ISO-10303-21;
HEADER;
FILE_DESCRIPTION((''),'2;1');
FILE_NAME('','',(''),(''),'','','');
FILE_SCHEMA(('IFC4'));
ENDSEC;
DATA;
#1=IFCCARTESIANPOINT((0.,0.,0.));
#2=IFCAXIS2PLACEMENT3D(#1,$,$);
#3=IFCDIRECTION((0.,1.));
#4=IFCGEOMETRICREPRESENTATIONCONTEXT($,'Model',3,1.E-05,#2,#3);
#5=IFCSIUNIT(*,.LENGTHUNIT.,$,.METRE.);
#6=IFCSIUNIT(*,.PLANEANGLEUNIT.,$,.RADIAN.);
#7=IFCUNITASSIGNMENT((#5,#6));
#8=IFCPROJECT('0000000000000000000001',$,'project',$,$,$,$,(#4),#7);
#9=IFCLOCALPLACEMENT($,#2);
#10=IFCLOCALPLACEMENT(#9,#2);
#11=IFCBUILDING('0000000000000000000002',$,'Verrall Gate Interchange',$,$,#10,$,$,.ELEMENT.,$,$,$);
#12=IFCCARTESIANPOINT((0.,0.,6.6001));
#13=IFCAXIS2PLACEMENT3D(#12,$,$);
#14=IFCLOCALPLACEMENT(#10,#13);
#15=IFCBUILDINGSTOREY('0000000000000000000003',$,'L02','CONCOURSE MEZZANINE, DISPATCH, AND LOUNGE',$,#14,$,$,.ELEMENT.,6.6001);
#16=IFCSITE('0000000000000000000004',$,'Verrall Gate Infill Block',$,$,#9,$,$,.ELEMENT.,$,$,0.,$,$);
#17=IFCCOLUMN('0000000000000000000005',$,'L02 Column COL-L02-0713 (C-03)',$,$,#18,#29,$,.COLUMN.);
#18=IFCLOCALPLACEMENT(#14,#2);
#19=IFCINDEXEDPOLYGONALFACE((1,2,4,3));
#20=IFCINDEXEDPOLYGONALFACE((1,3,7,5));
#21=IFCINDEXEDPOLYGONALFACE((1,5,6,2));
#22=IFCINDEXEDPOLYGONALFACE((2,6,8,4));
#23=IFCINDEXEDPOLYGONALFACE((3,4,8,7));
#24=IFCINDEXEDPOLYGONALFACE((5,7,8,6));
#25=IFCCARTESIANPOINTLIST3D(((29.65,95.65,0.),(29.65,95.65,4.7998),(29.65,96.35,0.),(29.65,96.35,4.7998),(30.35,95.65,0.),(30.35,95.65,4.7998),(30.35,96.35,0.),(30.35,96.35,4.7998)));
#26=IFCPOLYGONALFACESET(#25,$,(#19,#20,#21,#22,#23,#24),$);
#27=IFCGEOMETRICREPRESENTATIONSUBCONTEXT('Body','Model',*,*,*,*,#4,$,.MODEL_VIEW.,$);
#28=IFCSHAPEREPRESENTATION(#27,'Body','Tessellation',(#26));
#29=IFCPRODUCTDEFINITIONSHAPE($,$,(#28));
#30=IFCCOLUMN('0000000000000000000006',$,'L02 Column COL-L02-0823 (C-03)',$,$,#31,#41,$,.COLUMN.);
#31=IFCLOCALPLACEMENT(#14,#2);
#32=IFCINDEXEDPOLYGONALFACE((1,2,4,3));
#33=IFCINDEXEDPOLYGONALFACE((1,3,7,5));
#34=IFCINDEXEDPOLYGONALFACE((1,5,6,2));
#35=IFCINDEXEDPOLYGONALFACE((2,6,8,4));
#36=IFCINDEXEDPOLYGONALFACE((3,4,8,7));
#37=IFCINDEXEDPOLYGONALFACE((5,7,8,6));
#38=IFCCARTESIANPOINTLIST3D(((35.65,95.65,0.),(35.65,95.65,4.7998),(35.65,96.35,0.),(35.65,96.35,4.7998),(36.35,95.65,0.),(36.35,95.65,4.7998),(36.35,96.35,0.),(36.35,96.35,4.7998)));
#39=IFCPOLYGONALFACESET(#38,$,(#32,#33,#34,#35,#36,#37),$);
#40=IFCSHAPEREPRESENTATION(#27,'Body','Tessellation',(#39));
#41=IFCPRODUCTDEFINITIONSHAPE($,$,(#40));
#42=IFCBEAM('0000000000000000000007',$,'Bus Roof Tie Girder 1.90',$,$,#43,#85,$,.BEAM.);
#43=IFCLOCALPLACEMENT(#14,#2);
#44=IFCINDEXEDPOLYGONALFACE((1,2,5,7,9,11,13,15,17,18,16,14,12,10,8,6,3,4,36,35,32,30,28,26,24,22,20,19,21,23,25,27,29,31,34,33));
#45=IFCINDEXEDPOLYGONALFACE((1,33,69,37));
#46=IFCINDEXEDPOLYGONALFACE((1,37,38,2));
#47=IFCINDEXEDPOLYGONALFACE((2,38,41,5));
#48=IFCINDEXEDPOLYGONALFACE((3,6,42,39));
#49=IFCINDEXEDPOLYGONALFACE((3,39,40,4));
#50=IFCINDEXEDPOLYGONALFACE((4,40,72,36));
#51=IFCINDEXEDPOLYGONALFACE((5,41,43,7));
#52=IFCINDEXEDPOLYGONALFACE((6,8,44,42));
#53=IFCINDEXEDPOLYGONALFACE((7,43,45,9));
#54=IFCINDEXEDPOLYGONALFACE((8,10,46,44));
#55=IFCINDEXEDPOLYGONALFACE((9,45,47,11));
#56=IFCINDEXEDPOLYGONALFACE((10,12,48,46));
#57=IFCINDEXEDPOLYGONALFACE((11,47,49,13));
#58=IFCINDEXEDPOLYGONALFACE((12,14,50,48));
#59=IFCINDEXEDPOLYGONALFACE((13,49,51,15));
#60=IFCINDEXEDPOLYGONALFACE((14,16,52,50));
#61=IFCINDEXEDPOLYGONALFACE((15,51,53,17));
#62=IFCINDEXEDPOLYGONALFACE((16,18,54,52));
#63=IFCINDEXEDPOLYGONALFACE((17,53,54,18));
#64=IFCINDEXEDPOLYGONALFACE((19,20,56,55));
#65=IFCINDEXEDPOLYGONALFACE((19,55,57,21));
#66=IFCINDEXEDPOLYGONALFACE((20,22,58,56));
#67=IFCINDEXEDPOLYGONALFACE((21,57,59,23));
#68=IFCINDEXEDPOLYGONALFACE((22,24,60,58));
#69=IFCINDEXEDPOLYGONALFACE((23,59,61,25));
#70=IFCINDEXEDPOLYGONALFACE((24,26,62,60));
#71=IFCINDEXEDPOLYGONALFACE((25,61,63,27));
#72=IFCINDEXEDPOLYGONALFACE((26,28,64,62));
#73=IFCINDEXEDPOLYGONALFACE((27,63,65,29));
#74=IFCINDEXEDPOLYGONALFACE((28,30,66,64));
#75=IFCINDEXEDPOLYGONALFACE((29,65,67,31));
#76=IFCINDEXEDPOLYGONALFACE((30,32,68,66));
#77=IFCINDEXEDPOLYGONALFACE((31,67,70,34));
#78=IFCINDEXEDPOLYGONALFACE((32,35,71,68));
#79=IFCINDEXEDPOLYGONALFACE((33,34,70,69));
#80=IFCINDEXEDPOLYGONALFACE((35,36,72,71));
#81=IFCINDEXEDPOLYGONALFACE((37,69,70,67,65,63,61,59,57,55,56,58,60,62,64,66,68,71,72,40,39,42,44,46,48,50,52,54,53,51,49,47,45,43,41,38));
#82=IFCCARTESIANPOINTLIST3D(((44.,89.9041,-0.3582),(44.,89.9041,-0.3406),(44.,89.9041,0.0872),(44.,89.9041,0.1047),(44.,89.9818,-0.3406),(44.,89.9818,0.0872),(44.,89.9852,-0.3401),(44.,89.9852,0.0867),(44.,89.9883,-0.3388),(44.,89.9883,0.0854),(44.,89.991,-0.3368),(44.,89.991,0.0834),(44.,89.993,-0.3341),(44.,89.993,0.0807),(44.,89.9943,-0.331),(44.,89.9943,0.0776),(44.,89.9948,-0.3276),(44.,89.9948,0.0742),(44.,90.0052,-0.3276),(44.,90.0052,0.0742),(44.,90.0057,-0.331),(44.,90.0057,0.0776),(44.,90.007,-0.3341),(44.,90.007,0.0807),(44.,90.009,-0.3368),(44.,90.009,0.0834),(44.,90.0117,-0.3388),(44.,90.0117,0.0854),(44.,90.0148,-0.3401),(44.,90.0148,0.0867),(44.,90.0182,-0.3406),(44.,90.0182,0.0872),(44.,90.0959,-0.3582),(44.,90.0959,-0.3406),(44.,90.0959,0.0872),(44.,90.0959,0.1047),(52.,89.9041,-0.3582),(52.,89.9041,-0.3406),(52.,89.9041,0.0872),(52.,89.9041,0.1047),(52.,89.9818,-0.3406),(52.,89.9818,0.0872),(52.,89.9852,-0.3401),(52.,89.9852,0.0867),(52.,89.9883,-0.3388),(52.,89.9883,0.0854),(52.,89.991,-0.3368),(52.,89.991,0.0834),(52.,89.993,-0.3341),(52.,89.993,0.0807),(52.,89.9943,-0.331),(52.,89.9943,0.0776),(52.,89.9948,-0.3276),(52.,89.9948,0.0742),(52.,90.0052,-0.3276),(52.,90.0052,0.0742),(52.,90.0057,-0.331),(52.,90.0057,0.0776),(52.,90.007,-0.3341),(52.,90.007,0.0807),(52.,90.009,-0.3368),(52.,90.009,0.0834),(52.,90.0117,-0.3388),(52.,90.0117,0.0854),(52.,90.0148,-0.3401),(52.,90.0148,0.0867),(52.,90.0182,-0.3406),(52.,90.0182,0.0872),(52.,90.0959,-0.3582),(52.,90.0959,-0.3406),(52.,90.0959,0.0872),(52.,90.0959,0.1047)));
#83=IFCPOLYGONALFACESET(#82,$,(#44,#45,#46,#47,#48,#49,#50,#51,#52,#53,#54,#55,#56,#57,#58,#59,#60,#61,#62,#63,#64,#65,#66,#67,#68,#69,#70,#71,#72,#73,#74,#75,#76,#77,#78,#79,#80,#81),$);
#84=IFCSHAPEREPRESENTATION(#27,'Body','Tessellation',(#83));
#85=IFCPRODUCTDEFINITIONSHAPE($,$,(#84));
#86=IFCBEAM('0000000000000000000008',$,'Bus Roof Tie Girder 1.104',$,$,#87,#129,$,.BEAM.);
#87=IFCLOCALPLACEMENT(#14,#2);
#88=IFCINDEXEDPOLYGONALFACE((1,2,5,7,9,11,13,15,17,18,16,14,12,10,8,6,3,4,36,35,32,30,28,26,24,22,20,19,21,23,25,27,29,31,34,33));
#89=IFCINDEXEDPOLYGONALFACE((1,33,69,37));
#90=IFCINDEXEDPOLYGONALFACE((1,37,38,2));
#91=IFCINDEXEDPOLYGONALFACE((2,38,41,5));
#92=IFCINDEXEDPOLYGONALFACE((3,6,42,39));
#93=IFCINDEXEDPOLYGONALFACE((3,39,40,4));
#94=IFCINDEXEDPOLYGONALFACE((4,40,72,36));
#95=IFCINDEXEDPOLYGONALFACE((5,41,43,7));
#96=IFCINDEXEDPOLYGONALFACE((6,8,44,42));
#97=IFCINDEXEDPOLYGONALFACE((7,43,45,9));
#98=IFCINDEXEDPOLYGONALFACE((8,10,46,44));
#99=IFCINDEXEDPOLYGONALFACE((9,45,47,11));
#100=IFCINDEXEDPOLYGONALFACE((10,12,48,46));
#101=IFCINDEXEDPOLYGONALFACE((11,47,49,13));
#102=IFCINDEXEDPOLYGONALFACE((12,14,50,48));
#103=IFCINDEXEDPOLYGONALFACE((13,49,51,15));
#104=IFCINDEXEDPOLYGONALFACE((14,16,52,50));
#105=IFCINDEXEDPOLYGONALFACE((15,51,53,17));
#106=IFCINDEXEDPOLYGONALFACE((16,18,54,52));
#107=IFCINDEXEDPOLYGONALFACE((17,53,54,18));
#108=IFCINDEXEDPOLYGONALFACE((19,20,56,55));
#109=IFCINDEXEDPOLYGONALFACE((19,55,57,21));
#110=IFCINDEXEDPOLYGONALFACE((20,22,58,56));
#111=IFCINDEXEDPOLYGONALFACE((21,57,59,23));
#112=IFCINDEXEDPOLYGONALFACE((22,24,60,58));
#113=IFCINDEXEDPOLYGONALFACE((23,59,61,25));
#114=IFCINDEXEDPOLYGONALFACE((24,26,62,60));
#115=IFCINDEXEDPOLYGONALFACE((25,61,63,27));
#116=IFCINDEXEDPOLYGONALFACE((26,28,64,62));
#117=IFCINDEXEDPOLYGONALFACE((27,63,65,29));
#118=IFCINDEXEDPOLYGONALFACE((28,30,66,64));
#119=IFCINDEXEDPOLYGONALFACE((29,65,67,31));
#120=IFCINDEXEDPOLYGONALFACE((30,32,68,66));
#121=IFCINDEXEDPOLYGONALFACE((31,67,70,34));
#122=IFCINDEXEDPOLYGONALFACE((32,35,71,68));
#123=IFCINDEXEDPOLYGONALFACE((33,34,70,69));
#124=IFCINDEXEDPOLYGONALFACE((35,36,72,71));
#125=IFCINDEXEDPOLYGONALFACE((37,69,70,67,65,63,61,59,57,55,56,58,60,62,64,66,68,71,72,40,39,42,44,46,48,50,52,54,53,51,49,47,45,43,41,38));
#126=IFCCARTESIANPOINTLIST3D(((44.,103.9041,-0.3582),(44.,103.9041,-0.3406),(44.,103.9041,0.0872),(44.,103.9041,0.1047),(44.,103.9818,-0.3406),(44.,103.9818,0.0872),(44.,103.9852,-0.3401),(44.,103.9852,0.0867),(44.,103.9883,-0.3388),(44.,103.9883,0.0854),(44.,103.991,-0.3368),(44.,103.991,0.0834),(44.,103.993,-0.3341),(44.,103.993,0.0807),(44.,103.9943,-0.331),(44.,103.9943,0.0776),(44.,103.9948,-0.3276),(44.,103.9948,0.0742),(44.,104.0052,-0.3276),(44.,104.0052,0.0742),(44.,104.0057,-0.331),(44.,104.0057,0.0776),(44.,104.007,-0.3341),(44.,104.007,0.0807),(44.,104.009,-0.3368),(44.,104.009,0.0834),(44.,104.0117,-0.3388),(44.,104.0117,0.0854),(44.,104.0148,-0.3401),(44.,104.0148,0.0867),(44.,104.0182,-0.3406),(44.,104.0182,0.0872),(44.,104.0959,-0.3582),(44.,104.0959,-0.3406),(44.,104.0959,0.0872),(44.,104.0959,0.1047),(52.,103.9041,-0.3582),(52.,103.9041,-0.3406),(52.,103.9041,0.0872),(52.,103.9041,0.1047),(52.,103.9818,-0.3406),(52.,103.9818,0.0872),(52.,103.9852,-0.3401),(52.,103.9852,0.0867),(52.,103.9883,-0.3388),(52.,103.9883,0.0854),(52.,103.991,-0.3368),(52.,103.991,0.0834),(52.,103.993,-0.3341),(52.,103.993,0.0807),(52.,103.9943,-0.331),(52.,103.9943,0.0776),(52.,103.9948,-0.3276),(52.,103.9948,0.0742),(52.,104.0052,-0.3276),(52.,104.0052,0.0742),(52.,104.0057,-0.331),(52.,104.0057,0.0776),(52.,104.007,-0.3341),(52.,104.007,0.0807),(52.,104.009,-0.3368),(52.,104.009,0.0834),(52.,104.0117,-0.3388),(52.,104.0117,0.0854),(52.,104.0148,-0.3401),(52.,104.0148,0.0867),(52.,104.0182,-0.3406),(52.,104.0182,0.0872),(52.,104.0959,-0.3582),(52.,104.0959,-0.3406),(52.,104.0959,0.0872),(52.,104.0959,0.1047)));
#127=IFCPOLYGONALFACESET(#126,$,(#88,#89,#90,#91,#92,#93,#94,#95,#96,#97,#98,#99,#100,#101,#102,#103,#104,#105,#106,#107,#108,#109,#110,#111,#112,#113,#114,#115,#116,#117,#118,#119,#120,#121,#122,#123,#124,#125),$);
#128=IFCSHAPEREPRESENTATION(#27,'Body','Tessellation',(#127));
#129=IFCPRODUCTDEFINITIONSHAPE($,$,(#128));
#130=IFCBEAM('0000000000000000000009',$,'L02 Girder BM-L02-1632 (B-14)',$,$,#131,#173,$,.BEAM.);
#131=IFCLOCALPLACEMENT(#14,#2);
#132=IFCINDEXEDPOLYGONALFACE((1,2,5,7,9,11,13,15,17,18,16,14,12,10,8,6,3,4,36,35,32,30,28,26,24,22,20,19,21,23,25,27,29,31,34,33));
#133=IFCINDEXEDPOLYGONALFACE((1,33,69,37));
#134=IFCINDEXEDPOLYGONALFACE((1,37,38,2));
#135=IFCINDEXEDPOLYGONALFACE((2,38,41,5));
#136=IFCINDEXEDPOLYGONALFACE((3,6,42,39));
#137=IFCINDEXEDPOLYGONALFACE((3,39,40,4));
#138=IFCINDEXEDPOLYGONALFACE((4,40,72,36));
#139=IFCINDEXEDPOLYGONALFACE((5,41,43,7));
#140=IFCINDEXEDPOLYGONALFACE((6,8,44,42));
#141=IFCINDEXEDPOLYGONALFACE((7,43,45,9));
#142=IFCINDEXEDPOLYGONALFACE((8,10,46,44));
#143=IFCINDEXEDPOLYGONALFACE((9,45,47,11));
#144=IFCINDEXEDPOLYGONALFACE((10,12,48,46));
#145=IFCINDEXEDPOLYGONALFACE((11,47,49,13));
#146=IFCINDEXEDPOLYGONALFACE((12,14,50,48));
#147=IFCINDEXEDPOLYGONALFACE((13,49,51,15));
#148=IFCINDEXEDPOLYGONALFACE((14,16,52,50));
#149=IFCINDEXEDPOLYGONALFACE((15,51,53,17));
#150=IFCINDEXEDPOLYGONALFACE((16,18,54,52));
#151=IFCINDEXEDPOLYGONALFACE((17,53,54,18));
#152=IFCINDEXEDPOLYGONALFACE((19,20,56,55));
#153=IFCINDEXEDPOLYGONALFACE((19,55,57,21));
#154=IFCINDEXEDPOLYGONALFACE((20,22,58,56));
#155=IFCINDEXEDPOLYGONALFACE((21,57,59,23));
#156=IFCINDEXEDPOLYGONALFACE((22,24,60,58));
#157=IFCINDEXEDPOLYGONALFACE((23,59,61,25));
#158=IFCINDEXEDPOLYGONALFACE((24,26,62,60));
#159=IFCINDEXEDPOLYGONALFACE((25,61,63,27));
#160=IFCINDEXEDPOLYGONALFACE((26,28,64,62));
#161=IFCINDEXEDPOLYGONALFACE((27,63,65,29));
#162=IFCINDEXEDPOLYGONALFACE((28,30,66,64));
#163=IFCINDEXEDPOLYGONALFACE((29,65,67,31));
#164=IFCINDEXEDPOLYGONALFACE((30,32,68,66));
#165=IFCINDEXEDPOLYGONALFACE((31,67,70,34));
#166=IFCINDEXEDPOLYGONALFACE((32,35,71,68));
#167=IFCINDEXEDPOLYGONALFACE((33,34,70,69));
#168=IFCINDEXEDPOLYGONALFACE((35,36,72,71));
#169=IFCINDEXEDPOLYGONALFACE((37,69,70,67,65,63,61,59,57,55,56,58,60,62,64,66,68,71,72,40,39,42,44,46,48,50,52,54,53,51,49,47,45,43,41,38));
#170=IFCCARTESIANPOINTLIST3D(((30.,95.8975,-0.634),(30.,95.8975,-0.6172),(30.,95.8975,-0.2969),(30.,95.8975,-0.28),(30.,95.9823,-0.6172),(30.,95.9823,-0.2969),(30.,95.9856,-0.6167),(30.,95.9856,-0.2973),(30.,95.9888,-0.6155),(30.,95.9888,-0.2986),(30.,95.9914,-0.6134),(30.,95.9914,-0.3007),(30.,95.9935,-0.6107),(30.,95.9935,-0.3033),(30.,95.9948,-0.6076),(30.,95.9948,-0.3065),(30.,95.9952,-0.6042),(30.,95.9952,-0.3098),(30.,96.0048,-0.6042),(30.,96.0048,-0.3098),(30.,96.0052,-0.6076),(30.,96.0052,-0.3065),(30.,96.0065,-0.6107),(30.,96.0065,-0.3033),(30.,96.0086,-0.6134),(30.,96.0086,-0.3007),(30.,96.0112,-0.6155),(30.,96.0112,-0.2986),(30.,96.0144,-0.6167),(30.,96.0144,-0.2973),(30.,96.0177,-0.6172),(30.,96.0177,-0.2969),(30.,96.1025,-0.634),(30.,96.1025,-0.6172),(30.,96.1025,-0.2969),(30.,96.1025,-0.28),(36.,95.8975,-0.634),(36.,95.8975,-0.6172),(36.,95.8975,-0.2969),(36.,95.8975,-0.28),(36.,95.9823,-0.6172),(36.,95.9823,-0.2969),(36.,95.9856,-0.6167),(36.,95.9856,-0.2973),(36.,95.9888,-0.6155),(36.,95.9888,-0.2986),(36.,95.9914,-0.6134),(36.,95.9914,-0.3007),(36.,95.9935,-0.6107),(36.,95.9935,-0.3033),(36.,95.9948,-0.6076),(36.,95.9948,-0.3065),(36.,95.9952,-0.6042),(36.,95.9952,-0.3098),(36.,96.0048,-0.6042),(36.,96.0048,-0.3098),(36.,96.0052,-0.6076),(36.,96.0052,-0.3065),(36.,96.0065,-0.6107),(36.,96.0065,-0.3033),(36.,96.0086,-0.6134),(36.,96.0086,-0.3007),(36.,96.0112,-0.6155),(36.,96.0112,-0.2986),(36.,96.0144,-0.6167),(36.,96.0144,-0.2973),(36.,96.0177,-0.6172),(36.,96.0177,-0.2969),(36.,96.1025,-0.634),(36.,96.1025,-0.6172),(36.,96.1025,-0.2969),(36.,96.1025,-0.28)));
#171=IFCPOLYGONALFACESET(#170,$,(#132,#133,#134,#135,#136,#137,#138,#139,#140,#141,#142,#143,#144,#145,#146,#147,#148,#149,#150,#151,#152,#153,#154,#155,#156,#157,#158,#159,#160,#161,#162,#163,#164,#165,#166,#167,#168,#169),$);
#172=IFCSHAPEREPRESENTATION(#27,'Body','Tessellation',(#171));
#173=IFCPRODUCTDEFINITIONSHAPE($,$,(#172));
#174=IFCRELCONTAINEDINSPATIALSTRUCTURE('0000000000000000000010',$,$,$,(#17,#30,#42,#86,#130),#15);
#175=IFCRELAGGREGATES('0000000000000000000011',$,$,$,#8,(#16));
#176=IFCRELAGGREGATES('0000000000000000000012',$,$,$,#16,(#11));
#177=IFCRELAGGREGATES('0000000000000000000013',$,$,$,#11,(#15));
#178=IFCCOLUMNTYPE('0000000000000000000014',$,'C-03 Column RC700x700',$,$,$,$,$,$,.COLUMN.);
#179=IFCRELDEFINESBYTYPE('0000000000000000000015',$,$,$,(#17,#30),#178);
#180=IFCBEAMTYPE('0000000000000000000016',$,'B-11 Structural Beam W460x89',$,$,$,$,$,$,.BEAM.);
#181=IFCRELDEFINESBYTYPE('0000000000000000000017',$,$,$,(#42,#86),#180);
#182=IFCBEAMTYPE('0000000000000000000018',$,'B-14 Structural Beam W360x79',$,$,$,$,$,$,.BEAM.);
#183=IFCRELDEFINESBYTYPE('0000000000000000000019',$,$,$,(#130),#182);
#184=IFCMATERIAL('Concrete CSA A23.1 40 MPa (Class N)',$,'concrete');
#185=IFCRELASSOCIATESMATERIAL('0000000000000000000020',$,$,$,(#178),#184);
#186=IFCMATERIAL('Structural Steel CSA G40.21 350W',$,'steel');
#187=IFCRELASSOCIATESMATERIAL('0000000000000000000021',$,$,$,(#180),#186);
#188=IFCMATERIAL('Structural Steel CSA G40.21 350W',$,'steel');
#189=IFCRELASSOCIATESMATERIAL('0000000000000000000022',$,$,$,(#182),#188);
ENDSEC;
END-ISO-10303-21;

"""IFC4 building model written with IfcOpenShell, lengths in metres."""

from ifc_helpers import new_model, si_unit, direction, frame, origin, origin_2d, place, context, subcontext, project, spatial, rectangle, i_section, extrude, material, material_profile, profile_set, type_object, element, save


model = new_model("IFC4")

# Units and contexts
model_context = context("Model", 3, precision=1e-05, world=origin(), true_north=direction((0.0, 1.0)))
body_context = subcontext(model_context, "Body", "Model", "MODEL_VIEW")
ifc_project = project(units=[si_unit("LENGTHUNIT", "METRE"), si_unit("PLANEANGLEUNIT", "RADIAN")], contexts=[model_context])

# Site, building, storey
site_placement = place(None, origin())
site = spatial("IfcSite", under=ifc_project, at=site_placement, Name="Verrall Gate Infill Block", CompositionType="ELEMENT", RefElevation=0.0)
building_placement = place(site_placement, origin())
building = spatial("IfcBuilding", under=site, at=building_placement, Name="Verrall Gate Interchange", CompositionType="ELEMENT")
storey_placement = place(building_placement, frame((0.0, 0.0, 6.6001)))
storey = spatial("IfcBuildingStorey", under=building, at=storey_placement, Name="L02", Description="CONCOURSE MEZZANINE, DISPATCH, AND LOUNGE", CompositionType="ELEMENT", Elevation=6.6001)

# Columns
ifc_material_1 = material(Name="Concrete CSA A23.1 40 MPa (Class N)", Category="concrete")
ifc_material_profile_1 = material_profile(ifc_material_1, rectangle(XDim=0.7, YDim=0.7, at=origin_2d()), Name="RC700x700")
ifc_profile_set_1 = profile_set([ifc_material_profile_1], Name="Concrete CSA A23.1 40 MPa (Class N)")
column_type = type_object("IfcColumnType", Name="C-03 Column RC700x700", PredefinedType="COLUMN", material=ifc_profile_set_1)
for number, where, z_axis, x_axis, name in (
    (1, (30.0, 96.0, 0.0), (0.0, 0.0, 1.0), (1.0, 0.0, 0.0), "L02 Column COL-L02-0713 (C-03)"),
    (2, (36.0, 96.0, 0.0), (0.0, 0.0, 1.0), (1.0, 0.0, 0.0), "L02 Column COL-L02-0823 (C-03)"),
):
    element("IfcColumn", number, at=place(storey_placement, frame(where, z_axis=z_axis, x_axis=x_axis)), inside=storey, type_object=column_type, Name=name, PredefinedType="COLUMN", context=body_context, shape_type="SweptSolid", body=[
        extrude(rectangle(XDim=0.7, YDim=0.7, at=origin_2d()), origin(), (0.0, 0.0, 1.0), 4.7998),
    ])

# Beams
ifc_material_2 = material(Name="Structural Steel CSA G40.21 350W", Category="steel")
ifc_material_profile_2 = material_profile(ifc_material_2, i_section(OverallWidth=0.1919, OverallDepth=0.4629, WebThickness=0.0105, FlangeThickness=0.0176, FilletRadius=0.0129, at=origin_2d()), Name="W460x89")
ifc_profile_set_2 = profile_set([ifc_material_profile_2], Name="Structural Steel CSA G40.21 350W")
beam_type_1 = type_object("IfcBeamType", Name="B-11 Structural Beam W460x89", PredefinedType="BEAM", material=ifc_profile_set_2)
for number, where, z_axis, x_axis, name in (
    (3, (44.0, 90.0, -0.1267), (1.0, 0.0, 0.0), (0.0, 1.0, 0.0), "Bus Roof Tie Girder 1.90"),
    (4, (44.0, 104.0, -0.1267), (1.0, 0.0, 0.0), (0.0, 1.0, 0.0), "Bus Roof Tie Girder 1.104"),
):
    element("IfcBeam", number, at=place(storey_placement, frame(where, z_axis=z_axis, x_axis=x_axis)), inside=storey, type_object=beam_type_1, Name=name, PredefinedType="BEAM", context=body_context, shape_type="SweptSolid", body=[
        extrude(i_section(OverallWidth=0.1919, OverallDepth=0.4629, WebThickness=0.0105, FlangeThickness=0.0176, FilletRadius=0.0129, at=origin_2d()), origin(), (0.0, 0.0, 1.0), 8.0),
    ])
ifc_material_3 = material(Name="Structural Steel CSA G40.21 350W", Category="steel")
ifc_material_profile_3 = material_profile(ifc_material_3, i_section(OverallWidth=0.2051, OverallDepth=0.354, WebThickness=0.0095, FlangeThickness=0.0168, FilletRadius=0.0129, at=origin_2d()), Name="W360x79")
ifc_profile_set_3 = profile_set([ifc_material_profile_3], Name="Structural Steel CSA G40.21 350W")
beam_type_2 = type_object("IfcBeamType", Name="B-14 Structural Beam W360x79", PredefinedType="BEAM", material=ifc_profile_set_3)
beam_placement = place(storey_placement, frame((30.0, 96.0, -0.457), z_axis=(1.0, 0.0, 0.0), x_axis=(0.0, 1.0, 0.0)))
element("IfcBeam", 5, at=beam_placement, inside=storey, type_object=beam_type_2, Name="L02 Girder BM-L02-1632 (B-14)", PredefinedType="BEAM", context=body_context, shape_type="SweptSolid", body=[
    extrude(i_section(OverallWidth=0.2051, OverallDepth=0.354, WebThickness=0.0095, FlangeThickness=0.0168, FilletRadius=0.0129, at=origin_2d()), origin(), (0.0, 0.0, 1.0), 6.0),
])

save(model, "model.ifc")
